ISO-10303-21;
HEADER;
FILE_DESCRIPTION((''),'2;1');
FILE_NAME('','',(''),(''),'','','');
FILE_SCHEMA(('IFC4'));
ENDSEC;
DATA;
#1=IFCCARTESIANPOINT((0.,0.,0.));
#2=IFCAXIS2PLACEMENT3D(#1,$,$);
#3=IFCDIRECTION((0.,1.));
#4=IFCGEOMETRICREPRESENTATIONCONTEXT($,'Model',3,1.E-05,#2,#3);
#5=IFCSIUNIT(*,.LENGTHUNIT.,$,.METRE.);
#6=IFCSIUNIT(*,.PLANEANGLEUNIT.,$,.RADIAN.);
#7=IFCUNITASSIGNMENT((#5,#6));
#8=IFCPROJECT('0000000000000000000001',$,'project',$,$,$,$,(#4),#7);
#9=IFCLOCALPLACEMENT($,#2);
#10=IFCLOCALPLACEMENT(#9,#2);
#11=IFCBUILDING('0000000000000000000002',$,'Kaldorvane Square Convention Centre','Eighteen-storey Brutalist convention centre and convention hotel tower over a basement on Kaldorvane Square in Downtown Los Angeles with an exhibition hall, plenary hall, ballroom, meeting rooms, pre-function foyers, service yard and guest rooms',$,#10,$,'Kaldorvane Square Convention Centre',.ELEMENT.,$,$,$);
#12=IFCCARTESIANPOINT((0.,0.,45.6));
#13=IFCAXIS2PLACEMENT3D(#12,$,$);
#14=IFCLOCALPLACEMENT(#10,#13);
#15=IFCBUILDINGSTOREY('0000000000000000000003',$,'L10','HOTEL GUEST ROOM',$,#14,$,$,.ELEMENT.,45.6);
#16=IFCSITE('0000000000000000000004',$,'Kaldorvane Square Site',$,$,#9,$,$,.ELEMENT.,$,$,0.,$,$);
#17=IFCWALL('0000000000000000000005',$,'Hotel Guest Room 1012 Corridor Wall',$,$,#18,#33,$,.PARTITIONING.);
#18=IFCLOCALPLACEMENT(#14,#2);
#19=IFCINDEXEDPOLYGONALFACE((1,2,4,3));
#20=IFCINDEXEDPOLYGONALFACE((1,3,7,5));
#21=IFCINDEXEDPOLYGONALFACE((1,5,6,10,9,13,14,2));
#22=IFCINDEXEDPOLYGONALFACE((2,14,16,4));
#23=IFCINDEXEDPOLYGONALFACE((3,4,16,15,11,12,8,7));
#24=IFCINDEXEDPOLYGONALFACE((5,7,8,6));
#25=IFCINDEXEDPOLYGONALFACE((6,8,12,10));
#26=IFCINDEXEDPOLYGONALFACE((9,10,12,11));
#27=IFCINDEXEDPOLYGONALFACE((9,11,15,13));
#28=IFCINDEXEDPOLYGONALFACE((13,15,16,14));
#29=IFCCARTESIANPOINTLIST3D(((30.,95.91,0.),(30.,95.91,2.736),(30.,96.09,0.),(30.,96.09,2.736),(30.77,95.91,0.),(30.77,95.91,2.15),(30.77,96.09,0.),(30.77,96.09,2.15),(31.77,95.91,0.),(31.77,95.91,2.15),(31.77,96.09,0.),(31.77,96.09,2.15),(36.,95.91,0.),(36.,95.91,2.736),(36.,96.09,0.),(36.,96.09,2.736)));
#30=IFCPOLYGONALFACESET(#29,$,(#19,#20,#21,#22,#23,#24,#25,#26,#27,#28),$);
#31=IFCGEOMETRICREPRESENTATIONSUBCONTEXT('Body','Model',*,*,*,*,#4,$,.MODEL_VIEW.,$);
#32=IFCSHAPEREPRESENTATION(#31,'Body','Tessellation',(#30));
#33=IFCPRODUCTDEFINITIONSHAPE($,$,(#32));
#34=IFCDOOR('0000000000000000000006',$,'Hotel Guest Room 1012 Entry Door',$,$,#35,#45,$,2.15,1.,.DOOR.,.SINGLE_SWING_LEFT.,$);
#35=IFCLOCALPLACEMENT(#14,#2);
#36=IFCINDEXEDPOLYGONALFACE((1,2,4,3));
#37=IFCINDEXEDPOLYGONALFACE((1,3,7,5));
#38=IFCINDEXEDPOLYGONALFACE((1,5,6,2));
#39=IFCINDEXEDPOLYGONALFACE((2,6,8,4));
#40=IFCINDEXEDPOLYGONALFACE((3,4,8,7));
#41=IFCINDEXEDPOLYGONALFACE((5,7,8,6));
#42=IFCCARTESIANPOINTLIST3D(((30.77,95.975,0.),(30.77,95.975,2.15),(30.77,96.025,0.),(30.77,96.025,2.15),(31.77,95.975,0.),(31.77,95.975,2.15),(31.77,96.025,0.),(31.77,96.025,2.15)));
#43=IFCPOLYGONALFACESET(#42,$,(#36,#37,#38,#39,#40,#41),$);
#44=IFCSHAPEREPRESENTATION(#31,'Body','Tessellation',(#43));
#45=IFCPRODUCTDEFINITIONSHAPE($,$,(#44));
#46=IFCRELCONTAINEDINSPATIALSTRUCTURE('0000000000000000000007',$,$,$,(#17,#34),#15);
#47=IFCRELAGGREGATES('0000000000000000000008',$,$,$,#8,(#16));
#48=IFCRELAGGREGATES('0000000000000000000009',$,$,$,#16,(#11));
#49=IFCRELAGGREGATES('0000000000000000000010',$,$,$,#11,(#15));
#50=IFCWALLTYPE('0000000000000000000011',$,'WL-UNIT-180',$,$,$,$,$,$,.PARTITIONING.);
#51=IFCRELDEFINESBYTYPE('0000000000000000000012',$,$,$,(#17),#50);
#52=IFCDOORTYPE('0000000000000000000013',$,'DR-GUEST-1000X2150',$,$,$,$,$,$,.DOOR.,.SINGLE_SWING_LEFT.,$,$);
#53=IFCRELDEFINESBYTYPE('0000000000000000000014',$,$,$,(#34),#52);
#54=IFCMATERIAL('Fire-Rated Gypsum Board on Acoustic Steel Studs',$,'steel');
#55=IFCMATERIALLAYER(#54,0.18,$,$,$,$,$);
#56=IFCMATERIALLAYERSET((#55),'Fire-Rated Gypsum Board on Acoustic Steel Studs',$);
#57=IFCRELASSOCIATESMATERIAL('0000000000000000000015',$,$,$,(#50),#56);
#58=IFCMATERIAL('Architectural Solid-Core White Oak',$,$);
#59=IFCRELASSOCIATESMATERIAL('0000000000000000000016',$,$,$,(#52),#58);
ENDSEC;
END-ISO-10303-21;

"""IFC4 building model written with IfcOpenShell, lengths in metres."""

from ifc_helpers import new_model, si_unit, direction, frame, frame_2d, origin, place, context, subcontext, project, spatial, rectangle, extrude, material, layer, layer_set, type_object, element, fill, save


model = new_model("IFC4")

# Units and contexts
model_context = context("Model", 3, precision=1e-05, world=origin(), true_north=direction((0.0, 1.0)))
body_context = subcontext(model_context, "Body", "Model", "MODEL_VIEW")
ifc_project = project(units=[si_unit("LENGTHUNIT", "METRE"), si_unit("PLANEANGLEUNIT", "RADIAN")], contexts=[model_context])

# Site, building, storey
site_placement = place(None, origin())
site = spatial("IfcSite", under=ifc_project, at=site_placement, Name="Kaldorvane Square Site", CompositionType="ELEMENT", RefElevation=0.0)
building_placement = place(site_placement, origin())
building = spatial("IfcBuilding", under=site, at=building_placement, Name="Kaldorvane Square Convention Centre", Description="Eighteen-storey Brutalist convention centre and convention hotel tower over a basement on Kaldorvane Square in Downtown Los Angeles with an exhibition hall, plenary hall, ballroom, meeting rooms, pre-function foyers, service yard and guest rooms", LongName="Kaldorvane Square Convention Centre", CompositionType="ELEMENT")
storey_placement = place(building_placement, frame((0.0, 0.0, 45.6)))
storey = spatial("IfcBuildingStorey", under=building, at=storey_placement, Name="L10", Description="HOTEL GUEST ROOM", CompositionType="ELEMENT", Elevation=45.6)

# Shared definitions
ifc_material_1 = material(Name="Fire-Rated Gypsum Board on Acoustic Steel Studs", Category="steel")
ifc_material_2 = material(Name="Architectural Solid-Core White Oak")

# Wall, opening, door
ifc_layer_1 = layer(ifc_material_1, 0.18)
ifc_layer_set_1 = layer_set([ifc_layer_1], Name="Fire-Rated Gypsum Board on Acoustic Steel Studs")
wall_type_1 = type_object("IfcWallType", Name="WL-UNIT-180", PredefinedType="PARTITIONING", material=ifc_layer_set_1)
door_type_1 = type_object("IfcDoorType", Name="DR-GUEST-1000X2150", OperationType="SINGLE_SWING_LEFT", PredefinedType="DOOR", material=ifc_material_2)
wall_1_placement = place(storey_placement, frame((30.0, 96.0, 0.0), z_axis=(0.0, 0.0, 1.0), x_axis=(1.0, 0.0, 0.0)))
wall_1 = element("IfcWall", 1, at=wall_1_placement, inside=storey, type_object=wall_type_1, Name="Hotel Guest Room 1012 Corridor Wall", PredefinedType="PARTITIONING", context=body_context, shape_type="SweptSolid", body=[
    extrude(rectangle(XDim=6.0, YDim=0.18, at=frame_2d((3.0, 0.0))), origin(), (0.0, 0.0, 1.0), 2.736),
])
opening_1_placement = place(wall_1_placement, frame((0.77, 0.0, 0.0)))
opening_1 = element("IfcOpeningElement", 2, at=opening_1_placement, cuts=wall_1, PredefinedType="OPENING", context=body_context, shape_type="SweptSolid", body=[
    extrude(rectangle(XDim=1.0, YDim=2.15, at=frame_2d((0.5, 1.075))), frame((0.0, 0.105, 0.0), z_axis=(0.0, -1.0, 0.0), x_axis=(1.0, 0.0, 0.0)), (0.0, 0.0, 1.0), 0.21),
])
door_1_placement = place(opening_1_placement, origin())
door_1 = element("IfcDoor", 3, at=door_1_placement, inside=storey, type_object=door_type_1, Name="Hotel Guest Room 1012 Entry Door", OperationType="SINGLE_SWING_LEFT", OverallHeight=2.15, OverallWidth=1.0, PredefinedType="DOOR", context=body_context, shape_type="SweptSolid", body=[
    extrude(rectangle(XDim=1.0, YDim=2.15, at=frame_2d((0.5, 1.075))), frame((0.0, 0.025, 0.0), z_axis=(0.0, -1.0, 0.0), x_axis=(1.0, 0.0, 0.0)), (0.0, 0.0, 1.0), 0.05),
])
fill(opening_1, door_1)

save(model, "model.ifc")
